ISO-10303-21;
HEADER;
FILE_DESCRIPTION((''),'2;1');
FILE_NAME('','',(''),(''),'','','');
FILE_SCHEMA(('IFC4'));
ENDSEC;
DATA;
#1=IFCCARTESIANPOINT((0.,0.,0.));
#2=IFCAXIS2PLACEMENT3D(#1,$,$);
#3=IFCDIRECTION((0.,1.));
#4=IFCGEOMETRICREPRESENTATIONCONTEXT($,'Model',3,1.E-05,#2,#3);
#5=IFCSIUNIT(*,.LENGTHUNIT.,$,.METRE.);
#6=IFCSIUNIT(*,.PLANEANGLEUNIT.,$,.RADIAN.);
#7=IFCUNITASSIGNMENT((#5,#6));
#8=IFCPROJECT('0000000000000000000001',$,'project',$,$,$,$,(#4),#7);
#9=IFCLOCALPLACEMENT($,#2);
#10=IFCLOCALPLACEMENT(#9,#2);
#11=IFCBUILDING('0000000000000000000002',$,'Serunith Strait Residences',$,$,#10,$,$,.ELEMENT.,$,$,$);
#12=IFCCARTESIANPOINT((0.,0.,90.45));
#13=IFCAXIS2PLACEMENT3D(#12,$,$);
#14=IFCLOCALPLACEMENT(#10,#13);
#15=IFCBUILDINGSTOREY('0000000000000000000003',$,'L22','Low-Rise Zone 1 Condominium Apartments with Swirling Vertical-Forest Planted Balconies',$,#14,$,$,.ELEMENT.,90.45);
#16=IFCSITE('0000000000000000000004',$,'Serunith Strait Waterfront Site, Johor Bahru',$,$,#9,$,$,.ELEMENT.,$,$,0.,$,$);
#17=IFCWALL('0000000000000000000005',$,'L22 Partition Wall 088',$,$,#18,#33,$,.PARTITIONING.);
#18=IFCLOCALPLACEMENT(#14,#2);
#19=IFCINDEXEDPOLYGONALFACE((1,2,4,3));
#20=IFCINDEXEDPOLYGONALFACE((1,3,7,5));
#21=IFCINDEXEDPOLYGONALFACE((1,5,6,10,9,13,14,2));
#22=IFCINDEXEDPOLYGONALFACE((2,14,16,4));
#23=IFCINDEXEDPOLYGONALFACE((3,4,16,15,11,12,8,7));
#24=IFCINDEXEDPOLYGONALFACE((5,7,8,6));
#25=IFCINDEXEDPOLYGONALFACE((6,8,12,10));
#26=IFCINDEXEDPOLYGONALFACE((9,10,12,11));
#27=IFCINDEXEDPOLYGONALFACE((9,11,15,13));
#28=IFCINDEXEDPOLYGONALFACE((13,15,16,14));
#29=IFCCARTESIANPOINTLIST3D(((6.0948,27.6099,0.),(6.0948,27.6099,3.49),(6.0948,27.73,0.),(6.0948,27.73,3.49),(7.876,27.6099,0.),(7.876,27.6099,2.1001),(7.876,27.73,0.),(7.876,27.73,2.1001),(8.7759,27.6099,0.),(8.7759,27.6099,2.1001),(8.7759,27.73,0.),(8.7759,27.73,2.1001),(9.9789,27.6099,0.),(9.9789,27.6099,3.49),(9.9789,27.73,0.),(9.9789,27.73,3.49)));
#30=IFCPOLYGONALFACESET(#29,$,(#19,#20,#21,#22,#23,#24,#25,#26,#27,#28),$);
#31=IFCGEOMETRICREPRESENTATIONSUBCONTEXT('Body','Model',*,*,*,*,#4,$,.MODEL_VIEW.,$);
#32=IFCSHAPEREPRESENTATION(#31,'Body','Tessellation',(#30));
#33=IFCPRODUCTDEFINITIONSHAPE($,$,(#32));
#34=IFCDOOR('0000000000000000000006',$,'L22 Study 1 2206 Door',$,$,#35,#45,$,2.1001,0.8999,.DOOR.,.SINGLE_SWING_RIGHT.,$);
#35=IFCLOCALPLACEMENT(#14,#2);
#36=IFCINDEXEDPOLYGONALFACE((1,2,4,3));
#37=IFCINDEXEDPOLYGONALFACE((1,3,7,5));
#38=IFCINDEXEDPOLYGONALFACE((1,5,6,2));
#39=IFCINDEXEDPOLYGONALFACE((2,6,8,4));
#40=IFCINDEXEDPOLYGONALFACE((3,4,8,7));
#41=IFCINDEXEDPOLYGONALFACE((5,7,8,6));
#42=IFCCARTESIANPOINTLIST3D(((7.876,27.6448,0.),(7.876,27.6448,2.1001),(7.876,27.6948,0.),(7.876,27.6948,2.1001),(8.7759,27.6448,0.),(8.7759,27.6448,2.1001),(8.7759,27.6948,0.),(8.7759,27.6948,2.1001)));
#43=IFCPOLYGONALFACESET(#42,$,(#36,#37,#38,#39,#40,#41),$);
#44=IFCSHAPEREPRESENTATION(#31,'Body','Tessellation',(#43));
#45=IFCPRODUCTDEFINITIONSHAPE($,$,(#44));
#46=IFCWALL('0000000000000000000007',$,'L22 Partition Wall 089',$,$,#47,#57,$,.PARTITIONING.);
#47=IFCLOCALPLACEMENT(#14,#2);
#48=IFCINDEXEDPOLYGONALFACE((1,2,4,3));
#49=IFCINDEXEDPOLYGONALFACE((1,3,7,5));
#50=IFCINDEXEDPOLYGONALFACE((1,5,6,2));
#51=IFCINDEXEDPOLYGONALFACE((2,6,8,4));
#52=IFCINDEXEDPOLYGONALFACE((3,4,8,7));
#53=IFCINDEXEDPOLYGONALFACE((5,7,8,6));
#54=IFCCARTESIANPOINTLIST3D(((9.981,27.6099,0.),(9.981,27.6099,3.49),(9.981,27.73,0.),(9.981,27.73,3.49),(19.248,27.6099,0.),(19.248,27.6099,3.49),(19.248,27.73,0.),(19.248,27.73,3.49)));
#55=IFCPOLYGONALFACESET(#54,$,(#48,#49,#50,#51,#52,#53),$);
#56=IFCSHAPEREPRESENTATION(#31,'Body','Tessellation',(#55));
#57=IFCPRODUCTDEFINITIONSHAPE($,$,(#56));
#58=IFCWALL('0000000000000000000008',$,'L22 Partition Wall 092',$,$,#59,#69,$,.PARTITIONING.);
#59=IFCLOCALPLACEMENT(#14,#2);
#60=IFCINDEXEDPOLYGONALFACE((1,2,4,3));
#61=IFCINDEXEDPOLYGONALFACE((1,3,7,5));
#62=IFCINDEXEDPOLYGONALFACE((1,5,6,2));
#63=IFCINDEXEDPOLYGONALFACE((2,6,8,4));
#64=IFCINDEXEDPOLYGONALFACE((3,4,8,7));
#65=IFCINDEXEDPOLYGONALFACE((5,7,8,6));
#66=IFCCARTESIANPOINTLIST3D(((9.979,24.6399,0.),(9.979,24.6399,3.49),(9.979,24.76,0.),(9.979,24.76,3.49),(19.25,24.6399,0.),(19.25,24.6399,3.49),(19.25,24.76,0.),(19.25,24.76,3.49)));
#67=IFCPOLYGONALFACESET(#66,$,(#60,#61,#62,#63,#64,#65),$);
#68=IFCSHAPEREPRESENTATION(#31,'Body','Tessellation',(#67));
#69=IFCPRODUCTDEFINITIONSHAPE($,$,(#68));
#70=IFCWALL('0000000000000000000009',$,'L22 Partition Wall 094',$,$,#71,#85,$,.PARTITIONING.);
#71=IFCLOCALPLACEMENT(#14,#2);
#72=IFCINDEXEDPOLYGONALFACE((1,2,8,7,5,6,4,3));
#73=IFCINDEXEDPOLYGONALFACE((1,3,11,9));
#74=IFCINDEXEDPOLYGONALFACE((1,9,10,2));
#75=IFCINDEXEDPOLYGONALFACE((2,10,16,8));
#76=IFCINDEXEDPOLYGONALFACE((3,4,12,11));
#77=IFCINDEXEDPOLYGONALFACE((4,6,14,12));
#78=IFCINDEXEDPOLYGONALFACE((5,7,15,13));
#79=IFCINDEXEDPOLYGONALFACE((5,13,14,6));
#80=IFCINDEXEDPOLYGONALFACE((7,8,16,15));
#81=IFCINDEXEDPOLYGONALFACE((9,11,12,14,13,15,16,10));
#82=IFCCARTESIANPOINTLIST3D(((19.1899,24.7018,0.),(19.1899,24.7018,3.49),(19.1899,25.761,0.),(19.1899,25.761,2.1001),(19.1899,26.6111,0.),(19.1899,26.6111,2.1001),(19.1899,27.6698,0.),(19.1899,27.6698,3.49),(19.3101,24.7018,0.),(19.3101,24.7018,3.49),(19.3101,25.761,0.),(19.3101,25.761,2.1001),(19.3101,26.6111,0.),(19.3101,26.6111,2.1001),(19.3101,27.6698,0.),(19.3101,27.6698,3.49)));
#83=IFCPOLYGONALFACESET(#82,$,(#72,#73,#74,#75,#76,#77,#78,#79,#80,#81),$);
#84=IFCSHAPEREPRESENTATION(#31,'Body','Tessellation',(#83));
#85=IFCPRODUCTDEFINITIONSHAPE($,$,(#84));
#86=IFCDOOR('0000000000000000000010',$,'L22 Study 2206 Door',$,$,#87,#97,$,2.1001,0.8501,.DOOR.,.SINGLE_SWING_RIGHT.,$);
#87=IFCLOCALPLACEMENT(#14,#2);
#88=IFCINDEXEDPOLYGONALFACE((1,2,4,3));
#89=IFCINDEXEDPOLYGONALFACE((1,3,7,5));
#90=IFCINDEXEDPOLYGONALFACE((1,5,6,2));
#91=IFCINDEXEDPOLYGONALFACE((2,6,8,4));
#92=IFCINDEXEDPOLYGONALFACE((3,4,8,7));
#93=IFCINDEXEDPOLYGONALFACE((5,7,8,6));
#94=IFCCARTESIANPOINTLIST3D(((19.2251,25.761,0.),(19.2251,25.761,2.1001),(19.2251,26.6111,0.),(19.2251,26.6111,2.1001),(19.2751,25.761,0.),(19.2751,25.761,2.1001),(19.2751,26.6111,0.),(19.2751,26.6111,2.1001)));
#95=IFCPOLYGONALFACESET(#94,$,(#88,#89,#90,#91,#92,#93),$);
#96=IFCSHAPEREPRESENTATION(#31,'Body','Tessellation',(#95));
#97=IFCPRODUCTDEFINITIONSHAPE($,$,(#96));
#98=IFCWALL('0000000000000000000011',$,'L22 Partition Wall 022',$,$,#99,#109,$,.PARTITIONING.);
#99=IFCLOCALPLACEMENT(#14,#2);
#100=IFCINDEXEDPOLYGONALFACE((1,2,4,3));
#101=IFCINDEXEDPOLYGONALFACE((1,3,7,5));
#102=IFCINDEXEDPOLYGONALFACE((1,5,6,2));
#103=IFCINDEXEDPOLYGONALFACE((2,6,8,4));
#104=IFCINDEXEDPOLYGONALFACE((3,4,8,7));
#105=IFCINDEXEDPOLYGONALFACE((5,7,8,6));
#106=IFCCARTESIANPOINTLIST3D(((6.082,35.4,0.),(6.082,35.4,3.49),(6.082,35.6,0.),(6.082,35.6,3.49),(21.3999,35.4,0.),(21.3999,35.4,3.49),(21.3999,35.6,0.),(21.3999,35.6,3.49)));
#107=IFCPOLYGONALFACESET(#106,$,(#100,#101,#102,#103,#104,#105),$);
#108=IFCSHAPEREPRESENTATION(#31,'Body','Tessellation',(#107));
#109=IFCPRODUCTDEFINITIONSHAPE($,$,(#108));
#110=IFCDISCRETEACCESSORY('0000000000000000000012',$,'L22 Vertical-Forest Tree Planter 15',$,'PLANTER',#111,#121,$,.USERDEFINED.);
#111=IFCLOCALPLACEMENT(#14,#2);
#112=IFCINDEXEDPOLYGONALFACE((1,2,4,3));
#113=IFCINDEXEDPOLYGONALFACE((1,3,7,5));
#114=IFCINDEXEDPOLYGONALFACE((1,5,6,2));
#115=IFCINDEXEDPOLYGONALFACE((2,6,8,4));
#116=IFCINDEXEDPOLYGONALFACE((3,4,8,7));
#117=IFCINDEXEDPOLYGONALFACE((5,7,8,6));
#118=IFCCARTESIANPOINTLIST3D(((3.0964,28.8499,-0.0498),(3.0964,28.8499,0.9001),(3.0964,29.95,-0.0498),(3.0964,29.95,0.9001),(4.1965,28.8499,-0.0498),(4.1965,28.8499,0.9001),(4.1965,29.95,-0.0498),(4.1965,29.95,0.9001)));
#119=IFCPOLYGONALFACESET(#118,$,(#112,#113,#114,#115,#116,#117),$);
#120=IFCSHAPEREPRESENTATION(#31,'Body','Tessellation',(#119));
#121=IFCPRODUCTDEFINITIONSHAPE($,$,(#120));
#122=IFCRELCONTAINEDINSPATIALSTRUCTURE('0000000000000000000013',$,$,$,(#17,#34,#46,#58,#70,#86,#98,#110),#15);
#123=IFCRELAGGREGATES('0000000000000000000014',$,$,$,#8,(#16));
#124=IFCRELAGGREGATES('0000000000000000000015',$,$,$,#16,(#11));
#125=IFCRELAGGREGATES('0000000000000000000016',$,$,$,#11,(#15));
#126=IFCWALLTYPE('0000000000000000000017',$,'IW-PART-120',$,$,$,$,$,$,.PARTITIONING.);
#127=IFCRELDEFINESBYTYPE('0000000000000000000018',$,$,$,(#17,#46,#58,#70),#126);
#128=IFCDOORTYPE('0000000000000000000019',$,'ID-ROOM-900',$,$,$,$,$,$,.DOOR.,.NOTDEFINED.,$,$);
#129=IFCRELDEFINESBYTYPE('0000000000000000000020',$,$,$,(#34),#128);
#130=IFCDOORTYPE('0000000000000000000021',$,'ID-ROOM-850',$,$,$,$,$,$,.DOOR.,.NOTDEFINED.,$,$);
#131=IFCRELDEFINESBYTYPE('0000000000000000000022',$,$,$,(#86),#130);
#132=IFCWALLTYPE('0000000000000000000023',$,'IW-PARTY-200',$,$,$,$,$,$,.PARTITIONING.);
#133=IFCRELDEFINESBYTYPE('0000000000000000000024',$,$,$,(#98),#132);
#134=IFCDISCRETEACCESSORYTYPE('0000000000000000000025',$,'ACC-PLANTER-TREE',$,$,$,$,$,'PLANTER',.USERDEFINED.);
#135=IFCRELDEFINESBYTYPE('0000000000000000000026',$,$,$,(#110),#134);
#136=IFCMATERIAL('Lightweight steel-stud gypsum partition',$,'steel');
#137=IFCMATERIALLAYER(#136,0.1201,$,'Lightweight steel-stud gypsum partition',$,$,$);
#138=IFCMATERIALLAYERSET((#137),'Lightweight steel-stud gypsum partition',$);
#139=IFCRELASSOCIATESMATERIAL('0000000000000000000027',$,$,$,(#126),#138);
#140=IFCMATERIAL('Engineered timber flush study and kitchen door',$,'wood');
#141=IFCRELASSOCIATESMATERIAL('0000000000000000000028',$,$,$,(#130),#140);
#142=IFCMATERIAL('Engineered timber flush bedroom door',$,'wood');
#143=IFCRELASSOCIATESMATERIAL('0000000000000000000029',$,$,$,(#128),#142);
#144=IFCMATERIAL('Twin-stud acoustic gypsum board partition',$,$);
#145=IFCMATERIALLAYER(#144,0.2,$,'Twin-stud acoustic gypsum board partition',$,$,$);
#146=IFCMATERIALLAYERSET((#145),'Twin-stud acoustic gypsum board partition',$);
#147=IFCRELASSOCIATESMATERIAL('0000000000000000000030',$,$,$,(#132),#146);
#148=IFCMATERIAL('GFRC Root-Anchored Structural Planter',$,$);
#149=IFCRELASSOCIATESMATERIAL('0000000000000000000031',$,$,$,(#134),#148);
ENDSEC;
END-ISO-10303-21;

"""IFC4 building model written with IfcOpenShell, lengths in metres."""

from ifc_helpers import new_model, si_unit, direction, frame, frame_2d, origin, origin_2d, place, context, subcontext, project, spatial, rectangle, extrude, source, transform, mapped, material, layer, layer_set, type_object, element, fill, save


model = new_model("IFC4")

# Units and contexts
model_context = context("Model", 3, precision=1e-05, world=origin(), true_north=direction((0.0, 1.0)))
body_context = subcontext(model_context, "Body", "Model", "MODEL_VIEW")
ifc_project = project(units=[si_unit("LENGTHUNIT", "METRE"), si_unit("PLANEANGLEUNIT", "RADIAN")], contexts=[model_context])

# Site, building, storey
site_placement = place(None, origin())
site = spatial("IfcSite", under=ifc_project, at=site_placement, Name="Serunith Strait Waterfront Site, Johor Bahru", CompositionType="ELEMENT", RefElevation=0.0)
building_placement = place(site_placement, origin())
building = spatial("IfcBuilding", under=site, at=building_placement, Name="Serunith Strait Residences", CompositionType="ELEMENT")
storey_placement = place(building_placement, frame((0.0, 0.0, 90.45)))
storey = spatial("IfcBuildingStorey", under=building, at=storey_placement, Name="L22", Description="Low-Rise Zone 1 Condominium Apartments with Swirling Vertical-Forest Planted Balconies", CompositionType="ELEMENT", Elevation=90.45)

# Shared definitions
ifc_material_1 = material(Name="Lightweight steel-stud gypsum partition", Category="steel")
ifc_layer_1 = layer(ifc_material_1, 0.1201, Name="Lightweight steel-stud gypsum partition")
ifc_layer_set_1 = layer_set([ifc_layer_1], Name="Lightweight steel-stud gypsum partition")
wall_type_1 = type_object("IfcWallType", Name="IW-PART-120", PredefinedType="PARTITIONING", material=ifc_layer_set_1)
ifc_material_2 = material(Name="Engineered timber flush study and kitchen door", Category="wood")
door_type_1 = type_object("IfcDoorType", Name="ID-ROOM-850", OperationType="NOTDEFINED", PredefinedType="DOOR", material=ifc_material_2)
shared_shape_1 = source(origin(), body_context, "Body", "SweptSolid", [
    extrude(rectangle(XDim=0.8501, YDim=2.1001, at=frame_2d((0.425, 1.05))), frame((0.0, 0.0249, 0.0), z_axis=(0.0, -1.0, 0.0), x_axis=(1.0, 0.0, 0.0)), (0.0, 0.0, 1.0), 0.05),
])

# Wall, opening, door
wall_1_placement = place(storey_placement, frame((6.095, 27.6699, 0.0), z_axis=(0.0, 0.0, 1.0), x_axis=(1.0, 0.0, 0.0)))
wall_1 = element("IfcWall", 1, at=wall_1_placement, inside=storey, type_object=wall_type_1, Name="L22 Partition Wall 088", PredefinedType="PARTITIONING", context=body_context, shape_type="SweptSolid", body=[
    extrude(rectangle(XDim=3.884, YDim=0.1201, at=frame_2d((1.9419, 0.0))), origin(), (0.0, 0.0, 1.0), 3.49),
])
opening_1_placement = place(wall_1_placement, frame((1.781, 0.0, 0.0)))
opening_1 = element("IfcOpeningElement", 2, at=opening_1_placement, cuts=wall_1, PredefinedType="OPENING", context=body_context, shape_type="SweptSolid", body=[
    extrude(rectangle(XDim=0.8999, YDim=2.1001, at=frame_2d((0.45, 1.05))), frame((0.0, 0.0701, 0.0), z_axis=(0.0, -1.0, 0.0), x_axis=(1.0, 0.0, 0.0)), (0.0, 0.0, 1.0), 0.1401),
])
ifc_material_3 = material(Name="Engineered timber flush bedroom door", Category="wood")
door_type_2 = type_object("IfcDoorType", Name="ID-ROOM-900", OperationType="NOTDEFINED", PredefinedType="DOOR", material=ifc_material_3)
shared_shape_2 = source(origin(), body_context, "Body", "SweptSolid", [
    extrude(rectangle(XDim=0.8999, YDim=2.1001, at=frame_2d((0.45, 1.05))), frame((0.0, 0.0249, 0.0), z_axis=(0.0, -1.0, 0.0), x_axis=(1.0, 0.0, 0.0)), (0.0, 0.0, 1.0), 0.05),
])
door_1_placement = place(opening_1_placement, origin())
door_1 = element("IfcDoor", 3, at=door_1_placement, inside=storey, type_object=door_type_2, Name="L22 Study 1 2206 Door", OperationType="SINGLE_SWING_RIGHT", OverallHeight=2.1001, OverallWidth=0.8999, PredefinedType="DOOR", context=body_context, shape_type="MappedRepresentation", body=[
    mapped(shared_shape_2, transform((0.0, 0.0, 0.0), scale=1.0)),
])
fill(opening_1, door_1)

# Walls
wall_2_placement = place(storey_placement, frame((9.981, 27.6699, 0.0), z_axis=(0.0, 0.0, 1.0), x_axis=(1.0, 0.0, 0.0)))
element("IfcWall", 4, at=wall_2_placement, inside=storey, type_object=wall_type_1, Name="L22 Partition Wall 089", PredefinedType="PARTITIONING", context=body_context, shape_type="SweptSolid", body=[
    extrude(rectangle(XDim=9.2671, YDim=0.1201, at=frame_2d((4.6335, 0.0))), origin(), (0.0, 0.0, 1.0), 3.49),
])
wall_3_placement = place(storey_placement, frame((9.979, 24.7, 0.0), z_axis=(0.0, 0.0, 1.0), x_axis=(1.0, 0.0, 0.0)))
element("IfcWall", 5, at=wall_3_placement, inside=storey, type_object=wall_type_1, Name="L22 Partition Wall 092", PredefinedType="PARTITIONING", context=body_context, shape_type="SweptSolid", body=[
    extrude(rectangle(XDim=9.271, YDim=0.1201, at=frame_2d((4.6355, 0.0))), origin(), (0.0, 0.0, 1.0), 3.49),
])

# Wall, opening, door
wall_4_placement = place(storey_placement, frame((19.25, 24.7019, 0.0), z_axis=(0.0, 0.0, 1.0), x_axis=(0.0, 1.0, 0.0)))
wall_4 = element("IfcWall", 6, at=wall_4_placement, inside=storey, type_object=wall_type_1, Name="L22 Partition Wall 094", PredefinedType="PARTITIONING", context=body_context, shape_type="SweptSolid", body=[
    extrude(rectangle(XDim=2.968, YDim=0.1201, at=frame_2d((1.4839, 0.0))), origin(), (0.0, 0.0, 1.0), 3.49),
])
opening_2_placement = place(wall_4_placement, frame((1.0591, 0.0, 0.0)))
opening_2 = element("IfcOpeningElement", 7, at=opening_2_placement, cuts=wall_4, PredefinedType="OPENING", context=body_context, shape_type="SweptSolid", body=[
    extrude(rectangle(XDim=0.8501, YDim=2.1001, at=frame_2d((0.425, 1.05))), frame((0.0, 0.0701, 0.0), z_axis=(0.0, -1.0, 0.0), x_axis=(1.0, 0.0, 0.0)), (0.0, 0.0, 1.0), 0.1401),
])
door_2_placement = place(opening_2_placement, origin())
door_2 = element("IfcDoor", 8, at=door_2_placement, inside=storey, type_object=door_type_1, Name="L22 Study 2206 Door", OperationType="SINGLE_SWING_RIGHT", OverallHeight=2.1001, OverallWidth=0.8501, PredefinedType="DOOR", context=body_context, shape_type="MappedRepresentation", body=[
    mapped(shared_shape_1, transform((0.0, 0.0, 0.0), scale=1.0)),
])
fill(opening_2, door_2)

# Wall
ifc_material_4 = material(Name="Twin-stud acoustic gypsum board partition")
ifc_layer_2 = layer(ifc_material_4, 0.2, Name="Twin-stud acoustic gypsum board partition")
ifc_layer_set_2 = layer_set([ifc_layer_2], Name="Twin-stud acoustic gypsum board partition")
wall_type_2 = type_object("IfcWallType", Name="IW-PARTY-200", PredefinedType="PARTITIONING", material=ifc_layer_set_2)
wall_5_placement = place(storey_placement, frame((6.082, 35.5, 0.0), z_axis=(0.0, 0.0, 1.0), x_axis=(1.0, 0.0, 0.0)))
element("IfcWall", 9, at=wall_5_placement, inside=storey, type_object=wall_type_2, Name="L22 Partition Wall 022", PredefinedType="PARTITIONING", context=body_context, shape_type="SweptSolid", body=[
    extrude(rectangle(XDim=15.3179, YDim=0.2, at=frame_2d((7.6589, 0.0))), origin(), (0.0, 0.0, 1.0), 3.49),
])

# Discrete accessory
ifc_material_5 = material(Name="GFRC Root-Anchored Structural Planter")
discrete_accessory_type = type_object("IfcDiscreteAccessoryType", Name="ACC-PLANTER-TREE", ElementType="PLANTER", PredefinedType="USERDEFINED", material=ifc_material_5)
shared_shape_3 = source(origin(), body_context, "Body", "SweptSolid", [
    extrude(rectangle(XDim=1.1001, YDim=1.1001, at=origin_2d()), origin(), (0.0, 0.0, 1.0), 0.95),
])
discrete_accessory_placement = place(storey_placement, frame((3.6465, 29.3999, -0.0498), z_axis=(0.0, 0.0, 1.0), x_axis=(0.0, -1.0, 0.0)))
element("IfcDiscreteAccessory", 10, at=discrete_accessory_placement, inside=storey, type_object=discrete_accessory_type, Name="L22 Vertical-Forest Tree Planter 15", ObjectType="PLANTER", PredefinedType="USERDEFINED", context=body_context, shape_type="MappedRepresentation", body=[
    mapped(shared_shape_3, transform((0.0, 0.0, 0.0), scale=1.0)),
])

save(model, "model.ifc")
